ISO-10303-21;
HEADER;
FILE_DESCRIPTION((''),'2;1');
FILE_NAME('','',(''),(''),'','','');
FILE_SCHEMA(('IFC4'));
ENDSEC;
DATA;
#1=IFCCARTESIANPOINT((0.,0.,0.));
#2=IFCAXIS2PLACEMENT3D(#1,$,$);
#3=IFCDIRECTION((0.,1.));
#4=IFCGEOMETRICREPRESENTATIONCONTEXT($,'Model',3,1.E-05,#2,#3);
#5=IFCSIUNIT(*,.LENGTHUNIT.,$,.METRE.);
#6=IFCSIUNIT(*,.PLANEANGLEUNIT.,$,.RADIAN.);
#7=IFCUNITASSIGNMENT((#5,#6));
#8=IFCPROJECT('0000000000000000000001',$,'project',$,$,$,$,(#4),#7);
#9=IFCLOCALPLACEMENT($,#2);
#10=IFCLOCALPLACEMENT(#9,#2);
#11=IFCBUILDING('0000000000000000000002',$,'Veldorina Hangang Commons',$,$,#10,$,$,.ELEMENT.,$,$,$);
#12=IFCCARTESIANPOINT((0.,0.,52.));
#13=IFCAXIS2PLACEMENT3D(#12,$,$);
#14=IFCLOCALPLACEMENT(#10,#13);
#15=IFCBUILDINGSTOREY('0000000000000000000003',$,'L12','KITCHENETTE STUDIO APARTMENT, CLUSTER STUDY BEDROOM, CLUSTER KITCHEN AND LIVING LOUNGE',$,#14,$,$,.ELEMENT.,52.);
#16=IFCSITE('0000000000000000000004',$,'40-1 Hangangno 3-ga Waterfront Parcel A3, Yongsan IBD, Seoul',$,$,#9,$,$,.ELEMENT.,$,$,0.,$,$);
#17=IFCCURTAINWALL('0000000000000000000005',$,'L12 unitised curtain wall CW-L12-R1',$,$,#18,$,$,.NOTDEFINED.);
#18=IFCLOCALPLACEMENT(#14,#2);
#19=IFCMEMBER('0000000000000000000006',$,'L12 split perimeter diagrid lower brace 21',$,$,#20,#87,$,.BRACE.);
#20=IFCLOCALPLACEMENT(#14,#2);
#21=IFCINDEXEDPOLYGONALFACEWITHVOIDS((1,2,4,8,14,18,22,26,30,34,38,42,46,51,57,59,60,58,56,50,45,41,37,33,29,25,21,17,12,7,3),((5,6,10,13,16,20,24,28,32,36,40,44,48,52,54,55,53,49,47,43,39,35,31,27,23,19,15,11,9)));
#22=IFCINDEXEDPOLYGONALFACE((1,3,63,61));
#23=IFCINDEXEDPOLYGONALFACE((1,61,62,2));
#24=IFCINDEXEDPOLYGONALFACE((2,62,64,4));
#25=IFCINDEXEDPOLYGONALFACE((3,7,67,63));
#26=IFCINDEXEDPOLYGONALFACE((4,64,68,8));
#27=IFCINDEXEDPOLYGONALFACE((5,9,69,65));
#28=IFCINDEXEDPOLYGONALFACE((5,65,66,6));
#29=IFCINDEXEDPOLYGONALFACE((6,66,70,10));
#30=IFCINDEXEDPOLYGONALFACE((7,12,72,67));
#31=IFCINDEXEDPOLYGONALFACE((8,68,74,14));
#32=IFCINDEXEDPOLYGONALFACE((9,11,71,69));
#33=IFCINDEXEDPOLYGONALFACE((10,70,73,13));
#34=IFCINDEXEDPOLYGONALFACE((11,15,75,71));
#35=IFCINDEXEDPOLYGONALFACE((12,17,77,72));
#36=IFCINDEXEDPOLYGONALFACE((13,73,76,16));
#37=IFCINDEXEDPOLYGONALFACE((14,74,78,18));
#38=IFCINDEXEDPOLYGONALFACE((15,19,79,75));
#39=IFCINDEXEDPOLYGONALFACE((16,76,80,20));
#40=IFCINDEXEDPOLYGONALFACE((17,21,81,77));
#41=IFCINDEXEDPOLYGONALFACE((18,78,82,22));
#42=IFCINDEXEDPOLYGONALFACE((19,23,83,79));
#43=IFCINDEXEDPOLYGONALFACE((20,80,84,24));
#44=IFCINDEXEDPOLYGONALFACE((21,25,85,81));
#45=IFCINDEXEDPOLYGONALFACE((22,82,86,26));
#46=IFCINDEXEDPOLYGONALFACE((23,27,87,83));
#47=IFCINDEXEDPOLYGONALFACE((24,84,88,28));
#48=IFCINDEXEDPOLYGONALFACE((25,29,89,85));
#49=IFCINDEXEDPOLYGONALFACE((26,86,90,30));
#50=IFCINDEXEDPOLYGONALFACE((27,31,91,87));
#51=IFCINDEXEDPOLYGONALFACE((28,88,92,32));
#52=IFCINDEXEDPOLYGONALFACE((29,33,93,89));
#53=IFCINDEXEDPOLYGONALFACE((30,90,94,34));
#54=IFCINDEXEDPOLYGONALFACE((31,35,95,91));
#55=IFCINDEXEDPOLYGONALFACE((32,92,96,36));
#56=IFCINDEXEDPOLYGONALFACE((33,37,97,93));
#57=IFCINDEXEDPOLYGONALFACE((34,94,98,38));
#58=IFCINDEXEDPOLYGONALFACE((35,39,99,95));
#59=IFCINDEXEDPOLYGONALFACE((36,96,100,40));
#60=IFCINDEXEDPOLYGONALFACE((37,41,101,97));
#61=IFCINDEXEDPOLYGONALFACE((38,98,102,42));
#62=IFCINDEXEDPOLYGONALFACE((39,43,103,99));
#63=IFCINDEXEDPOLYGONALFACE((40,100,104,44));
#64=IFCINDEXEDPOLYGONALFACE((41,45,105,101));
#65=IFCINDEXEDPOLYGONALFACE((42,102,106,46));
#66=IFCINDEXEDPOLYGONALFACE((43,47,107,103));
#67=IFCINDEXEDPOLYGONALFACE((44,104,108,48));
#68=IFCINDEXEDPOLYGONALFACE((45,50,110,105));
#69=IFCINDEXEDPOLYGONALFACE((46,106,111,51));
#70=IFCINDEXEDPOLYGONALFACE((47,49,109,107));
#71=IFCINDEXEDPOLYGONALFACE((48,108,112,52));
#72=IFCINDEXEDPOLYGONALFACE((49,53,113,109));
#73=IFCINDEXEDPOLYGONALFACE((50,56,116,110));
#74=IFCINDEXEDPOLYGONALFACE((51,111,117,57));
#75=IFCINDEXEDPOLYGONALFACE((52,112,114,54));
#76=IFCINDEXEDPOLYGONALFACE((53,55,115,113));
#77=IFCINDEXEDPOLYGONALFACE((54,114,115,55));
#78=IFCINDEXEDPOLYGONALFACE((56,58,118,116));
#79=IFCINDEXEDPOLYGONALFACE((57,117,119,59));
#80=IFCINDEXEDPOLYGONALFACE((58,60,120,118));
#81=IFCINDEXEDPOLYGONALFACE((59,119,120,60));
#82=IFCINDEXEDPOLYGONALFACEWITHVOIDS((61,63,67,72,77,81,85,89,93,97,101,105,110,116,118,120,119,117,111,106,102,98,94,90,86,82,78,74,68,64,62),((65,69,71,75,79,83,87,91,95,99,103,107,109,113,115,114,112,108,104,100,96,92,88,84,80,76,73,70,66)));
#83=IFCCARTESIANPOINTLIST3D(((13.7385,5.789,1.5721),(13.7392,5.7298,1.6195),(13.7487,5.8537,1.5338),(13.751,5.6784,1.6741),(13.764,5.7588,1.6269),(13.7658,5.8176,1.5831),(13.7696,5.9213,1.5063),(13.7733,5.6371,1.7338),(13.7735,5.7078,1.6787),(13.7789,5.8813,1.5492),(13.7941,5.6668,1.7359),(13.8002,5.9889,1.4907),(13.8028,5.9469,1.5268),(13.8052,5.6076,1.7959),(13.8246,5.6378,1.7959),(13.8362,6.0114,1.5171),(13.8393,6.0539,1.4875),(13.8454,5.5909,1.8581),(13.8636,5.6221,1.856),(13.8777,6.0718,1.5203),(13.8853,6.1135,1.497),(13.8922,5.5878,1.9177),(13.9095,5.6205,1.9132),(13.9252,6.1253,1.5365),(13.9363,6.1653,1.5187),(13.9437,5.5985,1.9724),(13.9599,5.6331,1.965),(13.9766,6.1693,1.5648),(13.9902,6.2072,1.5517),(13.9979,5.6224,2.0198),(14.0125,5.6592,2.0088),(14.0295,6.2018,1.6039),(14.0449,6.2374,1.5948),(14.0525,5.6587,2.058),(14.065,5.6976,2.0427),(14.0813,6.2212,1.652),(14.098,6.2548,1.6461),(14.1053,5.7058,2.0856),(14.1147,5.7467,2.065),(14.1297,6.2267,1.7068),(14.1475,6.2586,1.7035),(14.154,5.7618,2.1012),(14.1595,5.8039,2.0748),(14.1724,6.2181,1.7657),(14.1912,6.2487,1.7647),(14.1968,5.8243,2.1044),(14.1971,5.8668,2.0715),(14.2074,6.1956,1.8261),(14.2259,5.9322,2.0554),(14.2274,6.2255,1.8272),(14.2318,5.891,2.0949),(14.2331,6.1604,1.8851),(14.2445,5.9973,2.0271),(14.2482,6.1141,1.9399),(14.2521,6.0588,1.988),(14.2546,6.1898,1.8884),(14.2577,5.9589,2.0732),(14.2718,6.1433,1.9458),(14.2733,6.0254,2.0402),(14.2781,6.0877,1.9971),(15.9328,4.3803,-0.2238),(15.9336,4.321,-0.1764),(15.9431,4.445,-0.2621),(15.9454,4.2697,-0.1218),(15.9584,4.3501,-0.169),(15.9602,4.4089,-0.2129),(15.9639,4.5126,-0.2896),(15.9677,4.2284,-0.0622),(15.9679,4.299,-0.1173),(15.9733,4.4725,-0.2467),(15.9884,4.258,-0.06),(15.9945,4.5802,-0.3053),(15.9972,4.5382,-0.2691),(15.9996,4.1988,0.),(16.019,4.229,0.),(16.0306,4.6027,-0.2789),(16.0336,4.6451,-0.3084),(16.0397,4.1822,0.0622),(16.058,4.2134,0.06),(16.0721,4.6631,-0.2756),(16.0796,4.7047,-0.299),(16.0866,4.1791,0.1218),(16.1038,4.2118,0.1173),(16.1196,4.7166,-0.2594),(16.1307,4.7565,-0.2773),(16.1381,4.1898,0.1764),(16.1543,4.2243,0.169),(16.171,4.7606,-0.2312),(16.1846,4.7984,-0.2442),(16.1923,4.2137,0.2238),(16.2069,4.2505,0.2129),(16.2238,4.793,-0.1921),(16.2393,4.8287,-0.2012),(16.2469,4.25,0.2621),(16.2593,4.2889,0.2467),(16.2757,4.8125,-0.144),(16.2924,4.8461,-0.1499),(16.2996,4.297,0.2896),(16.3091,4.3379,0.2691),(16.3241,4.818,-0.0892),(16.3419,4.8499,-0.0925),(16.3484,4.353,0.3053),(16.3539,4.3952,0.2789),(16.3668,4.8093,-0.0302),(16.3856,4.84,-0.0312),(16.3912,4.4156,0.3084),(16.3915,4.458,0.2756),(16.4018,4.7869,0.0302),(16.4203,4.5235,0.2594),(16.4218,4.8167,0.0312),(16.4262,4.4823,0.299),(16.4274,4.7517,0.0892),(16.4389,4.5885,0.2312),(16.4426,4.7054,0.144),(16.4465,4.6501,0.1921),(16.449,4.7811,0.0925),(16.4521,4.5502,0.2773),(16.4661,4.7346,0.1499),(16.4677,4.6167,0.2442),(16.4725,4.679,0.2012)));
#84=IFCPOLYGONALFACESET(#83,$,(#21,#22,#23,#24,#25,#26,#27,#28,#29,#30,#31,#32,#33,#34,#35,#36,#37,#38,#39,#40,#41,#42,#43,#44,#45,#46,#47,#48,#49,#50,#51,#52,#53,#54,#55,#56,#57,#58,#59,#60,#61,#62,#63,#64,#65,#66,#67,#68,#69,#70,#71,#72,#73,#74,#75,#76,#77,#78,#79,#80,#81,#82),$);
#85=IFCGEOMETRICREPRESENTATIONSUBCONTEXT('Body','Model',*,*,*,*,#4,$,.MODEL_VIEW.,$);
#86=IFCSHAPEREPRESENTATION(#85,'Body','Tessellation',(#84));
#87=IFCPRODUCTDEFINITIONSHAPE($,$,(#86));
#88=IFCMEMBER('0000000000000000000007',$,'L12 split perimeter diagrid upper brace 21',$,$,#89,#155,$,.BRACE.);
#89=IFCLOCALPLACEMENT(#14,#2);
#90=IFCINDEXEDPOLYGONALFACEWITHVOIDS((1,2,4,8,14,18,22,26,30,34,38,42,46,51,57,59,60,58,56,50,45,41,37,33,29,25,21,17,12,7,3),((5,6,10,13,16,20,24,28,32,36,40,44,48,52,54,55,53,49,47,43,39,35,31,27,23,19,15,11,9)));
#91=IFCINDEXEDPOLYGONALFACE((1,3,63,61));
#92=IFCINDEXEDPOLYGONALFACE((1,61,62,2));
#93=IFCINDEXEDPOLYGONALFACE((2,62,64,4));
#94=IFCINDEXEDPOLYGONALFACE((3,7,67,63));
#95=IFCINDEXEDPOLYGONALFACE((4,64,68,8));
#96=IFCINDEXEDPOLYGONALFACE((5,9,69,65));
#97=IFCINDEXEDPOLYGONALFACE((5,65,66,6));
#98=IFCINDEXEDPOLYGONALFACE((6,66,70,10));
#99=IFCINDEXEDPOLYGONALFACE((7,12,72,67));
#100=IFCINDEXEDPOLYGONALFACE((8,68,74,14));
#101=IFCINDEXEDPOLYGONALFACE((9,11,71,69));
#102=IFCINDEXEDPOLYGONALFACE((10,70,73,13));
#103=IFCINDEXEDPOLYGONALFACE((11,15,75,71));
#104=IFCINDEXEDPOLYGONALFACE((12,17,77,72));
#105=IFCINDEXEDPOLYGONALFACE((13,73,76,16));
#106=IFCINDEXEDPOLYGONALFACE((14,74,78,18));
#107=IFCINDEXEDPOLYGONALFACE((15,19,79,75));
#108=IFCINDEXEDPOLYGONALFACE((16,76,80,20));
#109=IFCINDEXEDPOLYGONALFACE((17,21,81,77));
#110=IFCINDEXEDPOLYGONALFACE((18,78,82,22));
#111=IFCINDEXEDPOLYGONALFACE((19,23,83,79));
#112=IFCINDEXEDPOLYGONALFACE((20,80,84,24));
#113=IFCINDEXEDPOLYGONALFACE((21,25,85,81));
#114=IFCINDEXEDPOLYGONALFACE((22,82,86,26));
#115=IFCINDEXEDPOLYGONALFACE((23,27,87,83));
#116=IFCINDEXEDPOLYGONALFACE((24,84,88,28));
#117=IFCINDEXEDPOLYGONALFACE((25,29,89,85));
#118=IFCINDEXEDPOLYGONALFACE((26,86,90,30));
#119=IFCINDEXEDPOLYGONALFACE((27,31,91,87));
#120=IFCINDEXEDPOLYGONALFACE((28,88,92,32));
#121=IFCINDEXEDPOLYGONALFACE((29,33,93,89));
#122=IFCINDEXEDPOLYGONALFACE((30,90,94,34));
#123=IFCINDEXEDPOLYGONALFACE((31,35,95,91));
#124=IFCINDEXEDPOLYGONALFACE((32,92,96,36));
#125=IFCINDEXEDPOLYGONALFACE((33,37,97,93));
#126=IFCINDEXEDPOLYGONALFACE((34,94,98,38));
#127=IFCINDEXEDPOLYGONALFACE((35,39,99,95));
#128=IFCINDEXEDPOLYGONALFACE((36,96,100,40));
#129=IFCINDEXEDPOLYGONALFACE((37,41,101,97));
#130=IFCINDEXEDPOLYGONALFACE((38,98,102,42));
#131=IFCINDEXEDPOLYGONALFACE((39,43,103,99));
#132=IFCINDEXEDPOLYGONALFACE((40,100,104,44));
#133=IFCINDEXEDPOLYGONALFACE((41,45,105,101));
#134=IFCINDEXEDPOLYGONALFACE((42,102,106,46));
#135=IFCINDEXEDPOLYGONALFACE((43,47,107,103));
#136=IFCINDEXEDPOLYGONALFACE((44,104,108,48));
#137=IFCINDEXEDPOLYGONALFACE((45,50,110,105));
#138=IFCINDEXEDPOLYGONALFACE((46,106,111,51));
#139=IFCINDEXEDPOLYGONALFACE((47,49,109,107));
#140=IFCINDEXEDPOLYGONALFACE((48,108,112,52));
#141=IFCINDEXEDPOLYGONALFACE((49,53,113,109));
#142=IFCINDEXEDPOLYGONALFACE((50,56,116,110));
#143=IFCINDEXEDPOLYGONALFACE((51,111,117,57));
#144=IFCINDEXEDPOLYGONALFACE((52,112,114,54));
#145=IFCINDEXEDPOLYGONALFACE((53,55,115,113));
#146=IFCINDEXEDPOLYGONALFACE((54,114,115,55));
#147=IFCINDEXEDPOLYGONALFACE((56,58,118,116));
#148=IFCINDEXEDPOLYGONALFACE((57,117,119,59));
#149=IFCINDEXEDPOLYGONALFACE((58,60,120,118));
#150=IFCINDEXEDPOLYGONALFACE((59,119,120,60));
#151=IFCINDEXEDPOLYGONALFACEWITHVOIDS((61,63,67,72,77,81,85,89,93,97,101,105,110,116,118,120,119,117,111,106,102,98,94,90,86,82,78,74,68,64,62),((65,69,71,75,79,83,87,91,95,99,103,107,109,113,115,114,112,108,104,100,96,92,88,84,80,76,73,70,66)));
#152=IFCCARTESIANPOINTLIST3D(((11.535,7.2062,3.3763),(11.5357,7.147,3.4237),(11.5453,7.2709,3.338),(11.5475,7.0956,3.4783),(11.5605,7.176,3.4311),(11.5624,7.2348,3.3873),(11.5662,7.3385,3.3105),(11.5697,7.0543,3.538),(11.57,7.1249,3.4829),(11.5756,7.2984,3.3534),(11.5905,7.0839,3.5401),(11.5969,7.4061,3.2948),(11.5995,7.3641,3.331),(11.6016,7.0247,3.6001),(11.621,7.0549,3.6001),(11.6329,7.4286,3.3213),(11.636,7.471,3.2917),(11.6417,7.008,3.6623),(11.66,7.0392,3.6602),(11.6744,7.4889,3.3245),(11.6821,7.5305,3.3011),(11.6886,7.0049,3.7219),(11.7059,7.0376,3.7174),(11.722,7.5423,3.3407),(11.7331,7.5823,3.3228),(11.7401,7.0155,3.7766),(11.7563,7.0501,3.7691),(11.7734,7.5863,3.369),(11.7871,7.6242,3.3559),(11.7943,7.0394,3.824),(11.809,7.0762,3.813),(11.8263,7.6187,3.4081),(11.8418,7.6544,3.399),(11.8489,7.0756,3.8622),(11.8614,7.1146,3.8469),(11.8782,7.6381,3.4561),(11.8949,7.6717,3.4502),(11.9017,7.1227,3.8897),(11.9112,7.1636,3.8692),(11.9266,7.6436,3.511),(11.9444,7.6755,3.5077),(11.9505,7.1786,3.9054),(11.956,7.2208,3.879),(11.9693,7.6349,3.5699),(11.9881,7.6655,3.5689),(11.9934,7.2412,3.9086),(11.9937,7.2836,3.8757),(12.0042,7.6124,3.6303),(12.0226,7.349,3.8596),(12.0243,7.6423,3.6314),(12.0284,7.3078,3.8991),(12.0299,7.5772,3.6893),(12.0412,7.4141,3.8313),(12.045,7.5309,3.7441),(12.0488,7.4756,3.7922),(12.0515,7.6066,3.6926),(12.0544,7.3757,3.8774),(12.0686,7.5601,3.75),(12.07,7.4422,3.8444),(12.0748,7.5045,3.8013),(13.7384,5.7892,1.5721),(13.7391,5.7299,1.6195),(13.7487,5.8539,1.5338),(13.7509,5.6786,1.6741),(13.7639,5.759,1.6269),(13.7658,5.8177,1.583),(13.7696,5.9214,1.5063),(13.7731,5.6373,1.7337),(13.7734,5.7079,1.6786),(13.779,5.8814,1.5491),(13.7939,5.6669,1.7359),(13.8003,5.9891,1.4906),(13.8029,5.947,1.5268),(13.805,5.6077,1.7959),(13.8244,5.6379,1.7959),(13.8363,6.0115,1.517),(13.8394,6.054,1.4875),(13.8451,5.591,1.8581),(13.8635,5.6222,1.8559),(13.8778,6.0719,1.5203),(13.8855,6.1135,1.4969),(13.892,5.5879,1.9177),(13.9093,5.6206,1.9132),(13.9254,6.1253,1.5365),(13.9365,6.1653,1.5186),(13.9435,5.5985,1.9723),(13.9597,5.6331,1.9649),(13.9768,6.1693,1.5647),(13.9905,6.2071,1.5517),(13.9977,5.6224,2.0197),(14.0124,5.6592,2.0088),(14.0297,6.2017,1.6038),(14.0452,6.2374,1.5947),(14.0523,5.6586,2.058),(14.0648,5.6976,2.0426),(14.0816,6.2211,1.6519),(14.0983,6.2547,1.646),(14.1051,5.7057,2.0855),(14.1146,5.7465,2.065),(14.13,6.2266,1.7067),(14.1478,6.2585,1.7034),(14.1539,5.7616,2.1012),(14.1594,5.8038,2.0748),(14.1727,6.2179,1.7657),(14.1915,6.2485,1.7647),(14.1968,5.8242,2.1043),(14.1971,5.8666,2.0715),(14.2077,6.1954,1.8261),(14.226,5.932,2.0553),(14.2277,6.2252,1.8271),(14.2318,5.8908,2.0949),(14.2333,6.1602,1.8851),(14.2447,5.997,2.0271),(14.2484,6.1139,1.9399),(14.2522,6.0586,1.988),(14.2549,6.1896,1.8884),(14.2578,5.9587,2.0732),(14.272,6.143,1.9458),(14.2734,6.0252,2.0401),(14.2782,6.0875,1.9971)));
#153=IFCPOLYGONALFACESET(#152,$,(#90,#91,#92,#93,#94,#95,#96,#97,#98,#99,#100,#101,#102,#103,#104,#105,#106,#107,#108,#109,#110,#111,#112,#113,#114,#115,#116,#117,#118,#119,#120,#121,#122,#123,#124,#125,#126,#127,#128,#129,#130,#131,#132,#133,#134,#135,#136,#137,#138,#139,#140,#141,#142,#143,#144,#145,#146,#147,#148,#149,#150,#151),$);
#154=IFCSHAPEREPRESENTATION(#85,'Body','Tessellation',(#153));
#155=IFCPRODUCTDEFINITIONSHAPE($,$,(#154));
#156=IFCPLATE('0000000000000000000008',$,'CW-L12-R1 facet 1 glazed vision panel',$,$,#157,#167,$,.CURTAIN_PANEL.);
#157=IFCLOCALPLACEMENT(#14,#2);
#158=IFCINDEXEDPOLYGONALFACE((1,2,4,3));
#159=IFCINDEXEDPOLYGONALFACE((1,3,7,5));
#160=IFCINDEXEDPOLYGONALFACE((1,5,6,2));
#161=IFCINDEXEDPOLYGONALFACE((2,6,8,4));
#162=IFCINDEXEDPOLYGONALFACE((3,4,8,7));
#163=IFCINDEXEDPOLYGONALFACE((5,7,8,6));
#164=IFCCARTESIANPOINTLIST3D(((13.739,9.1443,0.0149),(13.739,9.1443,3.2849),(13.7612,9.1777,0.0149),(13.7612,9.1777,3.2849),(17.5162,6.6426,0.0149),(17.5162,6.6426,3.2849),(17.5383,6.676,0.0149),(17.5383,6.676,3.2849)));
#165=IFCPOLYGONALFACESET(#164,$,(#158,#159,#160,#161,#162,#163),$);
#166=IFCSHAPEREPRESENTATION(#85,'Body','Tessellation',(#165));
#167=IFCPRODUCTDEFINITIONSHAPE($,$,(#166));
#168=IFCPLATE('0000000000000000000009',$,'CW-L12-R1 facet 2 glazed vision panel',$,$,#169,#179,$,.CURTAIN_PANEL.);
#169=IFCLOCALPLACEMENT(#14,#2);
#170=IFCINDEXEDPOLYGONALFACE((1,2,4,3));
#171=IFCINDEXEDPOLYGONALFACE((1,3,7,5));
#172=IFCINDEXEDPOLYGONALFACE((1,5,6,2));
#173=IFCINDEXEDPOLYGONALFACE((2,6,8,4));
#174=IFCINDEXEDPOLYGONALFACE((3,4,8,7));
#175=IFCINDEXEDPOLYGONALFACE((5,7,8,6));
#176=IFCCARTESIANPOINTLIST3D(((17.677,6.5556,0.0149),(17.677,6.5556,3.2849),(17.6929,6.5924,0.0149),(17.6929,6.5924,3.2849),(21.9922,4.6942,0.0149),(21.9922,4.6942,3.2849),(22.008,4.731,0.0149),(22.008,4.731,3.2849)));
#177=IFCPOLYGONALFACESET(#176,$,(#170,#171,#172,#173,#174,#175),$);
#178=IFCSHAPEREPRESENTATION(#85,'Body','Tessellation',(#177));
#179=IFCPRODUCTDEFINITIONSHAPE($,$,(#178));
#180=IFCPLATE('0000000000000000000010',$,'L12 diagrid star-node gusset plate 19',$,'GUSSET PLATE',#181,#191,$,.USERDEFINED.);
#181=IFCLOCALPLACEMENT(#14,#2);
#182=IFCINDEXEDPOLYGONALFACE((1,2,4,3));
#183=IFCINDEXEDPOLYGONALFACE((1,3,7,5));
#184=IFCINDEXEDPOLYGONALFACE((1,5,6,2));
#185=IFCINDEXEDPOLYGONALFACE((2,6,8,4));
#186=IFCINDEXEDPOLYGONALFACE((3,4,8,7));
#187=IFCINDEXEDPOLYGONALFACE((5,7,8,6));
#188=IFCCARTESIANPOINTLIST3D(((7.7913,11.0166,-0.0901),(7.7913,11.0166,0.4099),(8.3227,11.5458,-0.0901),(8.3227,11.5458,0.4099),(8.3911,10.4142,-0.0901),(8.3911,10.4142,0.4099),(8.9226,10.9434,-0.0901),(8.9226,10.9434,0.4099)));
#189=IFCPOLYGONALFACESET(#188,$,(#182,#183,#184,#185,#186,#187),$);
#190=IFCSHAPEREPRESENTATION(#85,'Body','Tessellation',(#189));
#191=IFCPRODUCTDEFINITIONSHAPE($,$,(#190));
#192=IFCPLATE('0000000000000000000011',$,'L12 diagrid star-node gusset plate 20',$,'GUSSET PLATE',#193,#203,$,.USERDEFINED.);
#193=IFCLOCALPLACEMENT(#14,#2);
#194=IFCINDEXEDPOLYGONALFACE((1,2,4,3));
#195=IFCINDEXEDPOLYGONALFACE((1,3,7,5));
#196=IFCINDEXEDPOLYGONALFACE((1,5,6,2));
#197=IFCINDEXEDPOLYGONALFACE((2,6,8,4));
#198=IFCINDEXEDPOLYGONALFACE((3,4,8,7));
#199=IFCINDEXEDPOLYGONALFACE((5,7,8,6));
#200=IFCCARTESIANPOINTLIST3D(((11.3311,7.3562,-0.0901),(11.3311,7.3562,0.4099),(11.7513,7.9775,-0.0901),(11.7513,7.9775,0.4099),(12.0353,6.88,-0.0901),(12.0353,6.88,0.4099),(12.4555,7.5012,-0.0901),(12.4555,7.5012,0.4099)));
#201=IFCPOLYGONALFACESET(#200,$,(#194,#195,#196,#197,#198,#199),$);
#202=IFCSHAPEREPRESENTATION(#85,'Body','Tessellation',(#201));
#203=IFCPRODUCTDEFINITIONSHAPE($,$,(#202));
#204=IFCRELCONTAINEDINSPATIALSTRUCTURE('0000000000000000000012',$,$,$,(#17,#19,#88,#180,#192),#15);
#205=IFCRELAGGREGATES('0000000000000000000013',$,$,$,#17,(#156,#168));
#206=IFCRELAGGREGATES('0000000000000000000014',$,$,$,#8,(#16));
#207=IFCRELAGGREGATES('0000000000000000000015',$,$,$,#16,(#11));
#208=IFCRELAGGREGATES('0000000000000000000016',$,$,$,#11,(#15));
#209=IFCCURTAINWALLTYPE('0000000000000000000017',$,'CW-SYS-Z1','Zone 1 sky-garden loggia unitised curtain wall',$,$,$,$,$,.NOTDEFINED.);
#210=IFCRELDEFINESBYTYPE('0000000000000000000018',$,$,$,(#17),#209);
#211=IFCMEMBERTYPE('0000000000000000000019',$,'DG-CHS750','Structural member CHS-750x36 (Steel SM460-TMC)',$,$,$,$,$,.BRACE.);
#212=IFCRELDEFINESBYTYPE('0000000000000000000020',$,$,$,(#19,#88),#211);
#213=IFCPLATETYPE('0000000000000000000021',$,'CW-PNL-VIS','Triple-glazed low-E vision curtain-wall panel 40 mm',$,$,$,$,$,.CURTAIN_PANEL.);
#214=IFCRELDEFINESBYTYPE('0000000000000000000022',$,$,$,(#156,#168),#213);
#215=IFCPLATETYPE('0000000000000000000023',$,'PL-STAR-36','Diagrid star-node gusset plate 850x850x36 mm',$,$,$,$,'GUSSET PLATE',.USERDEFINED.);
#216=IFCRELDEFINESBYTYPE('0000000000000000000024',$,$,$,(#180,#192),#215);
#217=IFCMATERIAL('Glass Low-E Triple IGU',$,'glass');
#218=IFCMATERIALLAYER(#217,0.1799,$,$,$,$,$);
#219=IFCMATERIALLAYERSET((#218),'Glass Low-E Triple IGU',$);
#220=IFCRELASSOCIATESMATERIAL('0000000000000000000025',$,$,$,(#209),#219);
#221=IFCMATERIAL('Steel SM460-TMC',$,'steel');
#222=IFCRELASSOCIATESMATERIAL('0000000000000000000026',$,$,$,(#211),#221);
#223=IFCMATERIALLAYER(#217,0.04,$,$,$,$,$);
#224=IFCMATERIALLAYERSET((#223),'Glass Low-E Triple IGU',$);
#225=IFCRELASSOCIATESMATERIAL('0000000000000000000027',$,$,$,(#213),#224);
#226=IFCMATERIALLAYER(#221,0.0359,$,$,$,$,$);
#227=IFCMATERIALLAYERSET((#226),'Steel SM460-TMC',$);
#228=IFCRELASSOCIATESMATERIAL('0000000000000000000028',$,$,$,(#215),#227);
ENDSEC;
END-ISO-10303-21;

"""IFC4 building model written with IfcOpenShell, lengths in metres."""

from ifc_helpers import new_model, si_unit, direction, frame, origin, origin_2d, place, context, subcontext, project, spatial, rectangle, hollow_circle, extrude, material, layer, layer_set, material_profile, profile_set, type_object, element, aggregate, save


model = new_model("IFC4")

# Units and contexts
model_context = context("Model", 3, precision=1e-05, world=origin(), true_north=direction((0.0, 1.0)))
body_context = subcontext(model_context, "Body", "Model", "MODEL_VIEW")
ifc_project = project(units=[si_unit("LENGTHUNIT", "METRE"), si_unit("PLANEANGLEUNIT", "RADIAN")], contexts=[model_context])

# Site, building, storey
site_placement = place(None, origin())
site = spatial("IfcSite", under=ifc_project, at=site_placement, Name="40-1 Hangangno 3-ga Waterfront Parcel A3, Yongsan IBD, Seoul", CompositionType="ELEMENT", RefElevation=0.0)
building_placement = place(site_placement, origin())
building = spatial("IfcBuilding", under=site, at=building_placement, Name="Veldorina Hangang Commons", CompositionType="ELEMENT")
storey_placement = place(building_placement, frame((0.0, 0.0, 52.0)))
storey = spatial("IfcBuildingStorey", under=building, at=storey_placement, Name="L12", Description="KITCHENETTE STUDIO APARTMENT, CLUSTER STUDY BEDROOM, CLUSTER KITCHEN AND LIVING LOUNGE", CompositionType="ELEMENT", Elevation=52.0)

# Shared definitions
ifc_material_1 = material(Name="Steel SM460-TMC", Category="steel")

# Curtain wall
ifc_material_2 = material(Name="Glass Low-E Triple IGU", Category="glass")
ifc_layer_1 = layer(ifc_material_2, 0.1799)
ifc_layer_set_1 = layer_set([ifc_layer_1], Name="Glass Low-E Triple IGU")
curtain_wall_type = type_object("IfcCurtainWallType", Name="CW-SYS-Z1", Description="Zone 1 sky-garden loggia unitised curtain wall", PredefinedType="NOTDEFINED", material=ifc_layer_set_1)
curtain_wall_placement = place(storey_placement, origin())
curtain_wall = element("IfcCurtainWall", 1, at=curtain_wall_placement, inside=storey, type_object=curtain_wall_type, Name="L12 unitised curtain wall CW-L12-R1", PredefinedType="NOTDEFINED")

# Members
ifc_material_profile_1 = material_profile(ifc_material_1, hollow_circle(Radius=0.375, WallThickness=0.0359, at=origin_2d()), Name="CHS-750x36")
ifc_profile_set_1 = profile_set([ifc_material_profile_1], Name="Steel SM460-TMC")
member_type_1 = type_object("IfcMemberType", Name="DG-CHS750", Description="Structural member CHS-750x36 (Steel SM460-TMC)", PredefinedType="BRACE", material=ifc_profile_set_1)
member_1_placement = place(storey_placement, frame((16.2021, 4.5144, 0.0), z_axis=(-0.693052, 0.444917, 0.567211), x_axis=(-0.540227, -0.841519, 0.0)))
element("IfcMember", 2, at=member_1_placement, inside=storey, type_object=member_type_1, Name="L12 split perimeter diagrid lower brace 21", PredefinedType="BRACE", context=body_context, shape_type="SweptSolid", body=[
    extrude(hollow_circle(Radius=0.375, WallThickness=0.0359, at=origin_2d()), origin(), (0.0, 0.0, 1.0), 3.1663),
])
member_2_placement = place(storey_placement, frame((14.0078, 5.9231, 1.7959), z_axis=(-0.692697, 0.445475, 0.567206), x_axis=(-0.540904, -0.841085, 0.0)))
element("IfcMember", 3, at=member_2_placement, inside=storey, type_object=member_type_1, Name="L12 split perimeter diagrid upper brace 21", PredefinedType="BRACE", context=body_context, shape_type="SweptSolid", body=[
    extrude(hollow_circle(Radius=0.375, WallThickness=0.0359, at=origin_2d()), origin(), (0.0, 0.0, 1.0), 3.1809),
])

# Plates
ifc_layer_2 = layer(ifc_material_2, 0.04)
ifc_layer_set_2 = layer_set([ifc_layer_2], Name="Glass Low-E Triple IGU")
plate_type_1 = type_object("IfcPlateType", Name="CW-PNL-VIS", Description="Triple-glazed low-E vision curtain-wall panel 40 mm", PredefinedType="CURTAIN_PANEL", material=ifc_layer_set_2)
plate_1_placement = place(storey_placement, frame((15.6387, 7.9102, 0.0149), z_axis=(0.0, 0.0, 1.0), x_axis=(0.833712, -0.552199, 0.0)))
plate_1 = element("IfcPlate", 4, at=plate_1_placement, type_object=plate_type_1, Name="CW-L12-R1 facet 1 glazed vision panel", PredefinedType="CURTAIN_PANEL", context=body_context, shape_type="SweptSolid", body=[
    extrude(rectangle(XDim=4.5305, YDim=0.04, at=origin_2d()), origin(), (0.0, 0.0, 1.0), 3.27),
])
plate_2_placement = place(storey_placement, frame((19.8425, 5.6433, 0.0149), z_axis=(0.0, 0.0, 1.0), x_axis=(0.918211, -0.39609, 0.0)))
plate_2 = element("IfcPlate", 5, at=plate_2_placement, type_object=plate_type_1, Name="CW-L12-R1 facet 2 glazed vision panel", PredefinedType="CURTAIN_PANEL", context=body_context, shape_type="SweptSolid", body=[
    extrude(rectangle(XDim=4.6995, YDim=0.04, at=origin_2d()), origin(), (0.0, 0.0, 1.0), 3.27),
])
aggregate(curtain_wall, [plate_1, plate_2])

# Plates
ifc_layer_3 = layer(ifc_material_1, 0.0359)
ifc_layer_set_3 = layer_set([ifc_layer_3], Name="Steel SM460-TMC")
plate_type_2 = type_object("IfcPlateType", Name="PL-STAR-36", Description="Diagrid star-node gusset plate 850x850x36 mm", ElementType="GUSSET PLATE", PredefinedType="USERDEFINED", material=ifc_layer_set_3)
for number, where, z_axis, x_axis, name in (
    (6, (8.3569, 10.98, -0.0901), (0.0, 0.0, 1.0), (0.705612, -0.708599, 0.0), "L12 diagrid star-node gusset plate 19"),
    (7, (11.8933, 7.4287, -0.0901), (0.0, 0.0, 1.0), (0.828315, -0.560263, 0.0), "L12 diagrid star-node gusset plate 20"),
):
    element("IfcPlate", number, at=place(storey_placement, frame(where, z_axis=z_axis, x_axis=x_axis)), inside=storey, type_object=plate_type_2, Name=name, ObjectType="GUSSET PLATE", PredefinedType="USERDEFINED", context=body_context, shape_type="SweptSolid", body=[
        extrude(rectangle(XDim=0.8501, YDim=0.75, at=origin_2d()), origin(), (0.0, 0.0, 1.0), 0.5),
    ])

save(model, "model.ifc")
